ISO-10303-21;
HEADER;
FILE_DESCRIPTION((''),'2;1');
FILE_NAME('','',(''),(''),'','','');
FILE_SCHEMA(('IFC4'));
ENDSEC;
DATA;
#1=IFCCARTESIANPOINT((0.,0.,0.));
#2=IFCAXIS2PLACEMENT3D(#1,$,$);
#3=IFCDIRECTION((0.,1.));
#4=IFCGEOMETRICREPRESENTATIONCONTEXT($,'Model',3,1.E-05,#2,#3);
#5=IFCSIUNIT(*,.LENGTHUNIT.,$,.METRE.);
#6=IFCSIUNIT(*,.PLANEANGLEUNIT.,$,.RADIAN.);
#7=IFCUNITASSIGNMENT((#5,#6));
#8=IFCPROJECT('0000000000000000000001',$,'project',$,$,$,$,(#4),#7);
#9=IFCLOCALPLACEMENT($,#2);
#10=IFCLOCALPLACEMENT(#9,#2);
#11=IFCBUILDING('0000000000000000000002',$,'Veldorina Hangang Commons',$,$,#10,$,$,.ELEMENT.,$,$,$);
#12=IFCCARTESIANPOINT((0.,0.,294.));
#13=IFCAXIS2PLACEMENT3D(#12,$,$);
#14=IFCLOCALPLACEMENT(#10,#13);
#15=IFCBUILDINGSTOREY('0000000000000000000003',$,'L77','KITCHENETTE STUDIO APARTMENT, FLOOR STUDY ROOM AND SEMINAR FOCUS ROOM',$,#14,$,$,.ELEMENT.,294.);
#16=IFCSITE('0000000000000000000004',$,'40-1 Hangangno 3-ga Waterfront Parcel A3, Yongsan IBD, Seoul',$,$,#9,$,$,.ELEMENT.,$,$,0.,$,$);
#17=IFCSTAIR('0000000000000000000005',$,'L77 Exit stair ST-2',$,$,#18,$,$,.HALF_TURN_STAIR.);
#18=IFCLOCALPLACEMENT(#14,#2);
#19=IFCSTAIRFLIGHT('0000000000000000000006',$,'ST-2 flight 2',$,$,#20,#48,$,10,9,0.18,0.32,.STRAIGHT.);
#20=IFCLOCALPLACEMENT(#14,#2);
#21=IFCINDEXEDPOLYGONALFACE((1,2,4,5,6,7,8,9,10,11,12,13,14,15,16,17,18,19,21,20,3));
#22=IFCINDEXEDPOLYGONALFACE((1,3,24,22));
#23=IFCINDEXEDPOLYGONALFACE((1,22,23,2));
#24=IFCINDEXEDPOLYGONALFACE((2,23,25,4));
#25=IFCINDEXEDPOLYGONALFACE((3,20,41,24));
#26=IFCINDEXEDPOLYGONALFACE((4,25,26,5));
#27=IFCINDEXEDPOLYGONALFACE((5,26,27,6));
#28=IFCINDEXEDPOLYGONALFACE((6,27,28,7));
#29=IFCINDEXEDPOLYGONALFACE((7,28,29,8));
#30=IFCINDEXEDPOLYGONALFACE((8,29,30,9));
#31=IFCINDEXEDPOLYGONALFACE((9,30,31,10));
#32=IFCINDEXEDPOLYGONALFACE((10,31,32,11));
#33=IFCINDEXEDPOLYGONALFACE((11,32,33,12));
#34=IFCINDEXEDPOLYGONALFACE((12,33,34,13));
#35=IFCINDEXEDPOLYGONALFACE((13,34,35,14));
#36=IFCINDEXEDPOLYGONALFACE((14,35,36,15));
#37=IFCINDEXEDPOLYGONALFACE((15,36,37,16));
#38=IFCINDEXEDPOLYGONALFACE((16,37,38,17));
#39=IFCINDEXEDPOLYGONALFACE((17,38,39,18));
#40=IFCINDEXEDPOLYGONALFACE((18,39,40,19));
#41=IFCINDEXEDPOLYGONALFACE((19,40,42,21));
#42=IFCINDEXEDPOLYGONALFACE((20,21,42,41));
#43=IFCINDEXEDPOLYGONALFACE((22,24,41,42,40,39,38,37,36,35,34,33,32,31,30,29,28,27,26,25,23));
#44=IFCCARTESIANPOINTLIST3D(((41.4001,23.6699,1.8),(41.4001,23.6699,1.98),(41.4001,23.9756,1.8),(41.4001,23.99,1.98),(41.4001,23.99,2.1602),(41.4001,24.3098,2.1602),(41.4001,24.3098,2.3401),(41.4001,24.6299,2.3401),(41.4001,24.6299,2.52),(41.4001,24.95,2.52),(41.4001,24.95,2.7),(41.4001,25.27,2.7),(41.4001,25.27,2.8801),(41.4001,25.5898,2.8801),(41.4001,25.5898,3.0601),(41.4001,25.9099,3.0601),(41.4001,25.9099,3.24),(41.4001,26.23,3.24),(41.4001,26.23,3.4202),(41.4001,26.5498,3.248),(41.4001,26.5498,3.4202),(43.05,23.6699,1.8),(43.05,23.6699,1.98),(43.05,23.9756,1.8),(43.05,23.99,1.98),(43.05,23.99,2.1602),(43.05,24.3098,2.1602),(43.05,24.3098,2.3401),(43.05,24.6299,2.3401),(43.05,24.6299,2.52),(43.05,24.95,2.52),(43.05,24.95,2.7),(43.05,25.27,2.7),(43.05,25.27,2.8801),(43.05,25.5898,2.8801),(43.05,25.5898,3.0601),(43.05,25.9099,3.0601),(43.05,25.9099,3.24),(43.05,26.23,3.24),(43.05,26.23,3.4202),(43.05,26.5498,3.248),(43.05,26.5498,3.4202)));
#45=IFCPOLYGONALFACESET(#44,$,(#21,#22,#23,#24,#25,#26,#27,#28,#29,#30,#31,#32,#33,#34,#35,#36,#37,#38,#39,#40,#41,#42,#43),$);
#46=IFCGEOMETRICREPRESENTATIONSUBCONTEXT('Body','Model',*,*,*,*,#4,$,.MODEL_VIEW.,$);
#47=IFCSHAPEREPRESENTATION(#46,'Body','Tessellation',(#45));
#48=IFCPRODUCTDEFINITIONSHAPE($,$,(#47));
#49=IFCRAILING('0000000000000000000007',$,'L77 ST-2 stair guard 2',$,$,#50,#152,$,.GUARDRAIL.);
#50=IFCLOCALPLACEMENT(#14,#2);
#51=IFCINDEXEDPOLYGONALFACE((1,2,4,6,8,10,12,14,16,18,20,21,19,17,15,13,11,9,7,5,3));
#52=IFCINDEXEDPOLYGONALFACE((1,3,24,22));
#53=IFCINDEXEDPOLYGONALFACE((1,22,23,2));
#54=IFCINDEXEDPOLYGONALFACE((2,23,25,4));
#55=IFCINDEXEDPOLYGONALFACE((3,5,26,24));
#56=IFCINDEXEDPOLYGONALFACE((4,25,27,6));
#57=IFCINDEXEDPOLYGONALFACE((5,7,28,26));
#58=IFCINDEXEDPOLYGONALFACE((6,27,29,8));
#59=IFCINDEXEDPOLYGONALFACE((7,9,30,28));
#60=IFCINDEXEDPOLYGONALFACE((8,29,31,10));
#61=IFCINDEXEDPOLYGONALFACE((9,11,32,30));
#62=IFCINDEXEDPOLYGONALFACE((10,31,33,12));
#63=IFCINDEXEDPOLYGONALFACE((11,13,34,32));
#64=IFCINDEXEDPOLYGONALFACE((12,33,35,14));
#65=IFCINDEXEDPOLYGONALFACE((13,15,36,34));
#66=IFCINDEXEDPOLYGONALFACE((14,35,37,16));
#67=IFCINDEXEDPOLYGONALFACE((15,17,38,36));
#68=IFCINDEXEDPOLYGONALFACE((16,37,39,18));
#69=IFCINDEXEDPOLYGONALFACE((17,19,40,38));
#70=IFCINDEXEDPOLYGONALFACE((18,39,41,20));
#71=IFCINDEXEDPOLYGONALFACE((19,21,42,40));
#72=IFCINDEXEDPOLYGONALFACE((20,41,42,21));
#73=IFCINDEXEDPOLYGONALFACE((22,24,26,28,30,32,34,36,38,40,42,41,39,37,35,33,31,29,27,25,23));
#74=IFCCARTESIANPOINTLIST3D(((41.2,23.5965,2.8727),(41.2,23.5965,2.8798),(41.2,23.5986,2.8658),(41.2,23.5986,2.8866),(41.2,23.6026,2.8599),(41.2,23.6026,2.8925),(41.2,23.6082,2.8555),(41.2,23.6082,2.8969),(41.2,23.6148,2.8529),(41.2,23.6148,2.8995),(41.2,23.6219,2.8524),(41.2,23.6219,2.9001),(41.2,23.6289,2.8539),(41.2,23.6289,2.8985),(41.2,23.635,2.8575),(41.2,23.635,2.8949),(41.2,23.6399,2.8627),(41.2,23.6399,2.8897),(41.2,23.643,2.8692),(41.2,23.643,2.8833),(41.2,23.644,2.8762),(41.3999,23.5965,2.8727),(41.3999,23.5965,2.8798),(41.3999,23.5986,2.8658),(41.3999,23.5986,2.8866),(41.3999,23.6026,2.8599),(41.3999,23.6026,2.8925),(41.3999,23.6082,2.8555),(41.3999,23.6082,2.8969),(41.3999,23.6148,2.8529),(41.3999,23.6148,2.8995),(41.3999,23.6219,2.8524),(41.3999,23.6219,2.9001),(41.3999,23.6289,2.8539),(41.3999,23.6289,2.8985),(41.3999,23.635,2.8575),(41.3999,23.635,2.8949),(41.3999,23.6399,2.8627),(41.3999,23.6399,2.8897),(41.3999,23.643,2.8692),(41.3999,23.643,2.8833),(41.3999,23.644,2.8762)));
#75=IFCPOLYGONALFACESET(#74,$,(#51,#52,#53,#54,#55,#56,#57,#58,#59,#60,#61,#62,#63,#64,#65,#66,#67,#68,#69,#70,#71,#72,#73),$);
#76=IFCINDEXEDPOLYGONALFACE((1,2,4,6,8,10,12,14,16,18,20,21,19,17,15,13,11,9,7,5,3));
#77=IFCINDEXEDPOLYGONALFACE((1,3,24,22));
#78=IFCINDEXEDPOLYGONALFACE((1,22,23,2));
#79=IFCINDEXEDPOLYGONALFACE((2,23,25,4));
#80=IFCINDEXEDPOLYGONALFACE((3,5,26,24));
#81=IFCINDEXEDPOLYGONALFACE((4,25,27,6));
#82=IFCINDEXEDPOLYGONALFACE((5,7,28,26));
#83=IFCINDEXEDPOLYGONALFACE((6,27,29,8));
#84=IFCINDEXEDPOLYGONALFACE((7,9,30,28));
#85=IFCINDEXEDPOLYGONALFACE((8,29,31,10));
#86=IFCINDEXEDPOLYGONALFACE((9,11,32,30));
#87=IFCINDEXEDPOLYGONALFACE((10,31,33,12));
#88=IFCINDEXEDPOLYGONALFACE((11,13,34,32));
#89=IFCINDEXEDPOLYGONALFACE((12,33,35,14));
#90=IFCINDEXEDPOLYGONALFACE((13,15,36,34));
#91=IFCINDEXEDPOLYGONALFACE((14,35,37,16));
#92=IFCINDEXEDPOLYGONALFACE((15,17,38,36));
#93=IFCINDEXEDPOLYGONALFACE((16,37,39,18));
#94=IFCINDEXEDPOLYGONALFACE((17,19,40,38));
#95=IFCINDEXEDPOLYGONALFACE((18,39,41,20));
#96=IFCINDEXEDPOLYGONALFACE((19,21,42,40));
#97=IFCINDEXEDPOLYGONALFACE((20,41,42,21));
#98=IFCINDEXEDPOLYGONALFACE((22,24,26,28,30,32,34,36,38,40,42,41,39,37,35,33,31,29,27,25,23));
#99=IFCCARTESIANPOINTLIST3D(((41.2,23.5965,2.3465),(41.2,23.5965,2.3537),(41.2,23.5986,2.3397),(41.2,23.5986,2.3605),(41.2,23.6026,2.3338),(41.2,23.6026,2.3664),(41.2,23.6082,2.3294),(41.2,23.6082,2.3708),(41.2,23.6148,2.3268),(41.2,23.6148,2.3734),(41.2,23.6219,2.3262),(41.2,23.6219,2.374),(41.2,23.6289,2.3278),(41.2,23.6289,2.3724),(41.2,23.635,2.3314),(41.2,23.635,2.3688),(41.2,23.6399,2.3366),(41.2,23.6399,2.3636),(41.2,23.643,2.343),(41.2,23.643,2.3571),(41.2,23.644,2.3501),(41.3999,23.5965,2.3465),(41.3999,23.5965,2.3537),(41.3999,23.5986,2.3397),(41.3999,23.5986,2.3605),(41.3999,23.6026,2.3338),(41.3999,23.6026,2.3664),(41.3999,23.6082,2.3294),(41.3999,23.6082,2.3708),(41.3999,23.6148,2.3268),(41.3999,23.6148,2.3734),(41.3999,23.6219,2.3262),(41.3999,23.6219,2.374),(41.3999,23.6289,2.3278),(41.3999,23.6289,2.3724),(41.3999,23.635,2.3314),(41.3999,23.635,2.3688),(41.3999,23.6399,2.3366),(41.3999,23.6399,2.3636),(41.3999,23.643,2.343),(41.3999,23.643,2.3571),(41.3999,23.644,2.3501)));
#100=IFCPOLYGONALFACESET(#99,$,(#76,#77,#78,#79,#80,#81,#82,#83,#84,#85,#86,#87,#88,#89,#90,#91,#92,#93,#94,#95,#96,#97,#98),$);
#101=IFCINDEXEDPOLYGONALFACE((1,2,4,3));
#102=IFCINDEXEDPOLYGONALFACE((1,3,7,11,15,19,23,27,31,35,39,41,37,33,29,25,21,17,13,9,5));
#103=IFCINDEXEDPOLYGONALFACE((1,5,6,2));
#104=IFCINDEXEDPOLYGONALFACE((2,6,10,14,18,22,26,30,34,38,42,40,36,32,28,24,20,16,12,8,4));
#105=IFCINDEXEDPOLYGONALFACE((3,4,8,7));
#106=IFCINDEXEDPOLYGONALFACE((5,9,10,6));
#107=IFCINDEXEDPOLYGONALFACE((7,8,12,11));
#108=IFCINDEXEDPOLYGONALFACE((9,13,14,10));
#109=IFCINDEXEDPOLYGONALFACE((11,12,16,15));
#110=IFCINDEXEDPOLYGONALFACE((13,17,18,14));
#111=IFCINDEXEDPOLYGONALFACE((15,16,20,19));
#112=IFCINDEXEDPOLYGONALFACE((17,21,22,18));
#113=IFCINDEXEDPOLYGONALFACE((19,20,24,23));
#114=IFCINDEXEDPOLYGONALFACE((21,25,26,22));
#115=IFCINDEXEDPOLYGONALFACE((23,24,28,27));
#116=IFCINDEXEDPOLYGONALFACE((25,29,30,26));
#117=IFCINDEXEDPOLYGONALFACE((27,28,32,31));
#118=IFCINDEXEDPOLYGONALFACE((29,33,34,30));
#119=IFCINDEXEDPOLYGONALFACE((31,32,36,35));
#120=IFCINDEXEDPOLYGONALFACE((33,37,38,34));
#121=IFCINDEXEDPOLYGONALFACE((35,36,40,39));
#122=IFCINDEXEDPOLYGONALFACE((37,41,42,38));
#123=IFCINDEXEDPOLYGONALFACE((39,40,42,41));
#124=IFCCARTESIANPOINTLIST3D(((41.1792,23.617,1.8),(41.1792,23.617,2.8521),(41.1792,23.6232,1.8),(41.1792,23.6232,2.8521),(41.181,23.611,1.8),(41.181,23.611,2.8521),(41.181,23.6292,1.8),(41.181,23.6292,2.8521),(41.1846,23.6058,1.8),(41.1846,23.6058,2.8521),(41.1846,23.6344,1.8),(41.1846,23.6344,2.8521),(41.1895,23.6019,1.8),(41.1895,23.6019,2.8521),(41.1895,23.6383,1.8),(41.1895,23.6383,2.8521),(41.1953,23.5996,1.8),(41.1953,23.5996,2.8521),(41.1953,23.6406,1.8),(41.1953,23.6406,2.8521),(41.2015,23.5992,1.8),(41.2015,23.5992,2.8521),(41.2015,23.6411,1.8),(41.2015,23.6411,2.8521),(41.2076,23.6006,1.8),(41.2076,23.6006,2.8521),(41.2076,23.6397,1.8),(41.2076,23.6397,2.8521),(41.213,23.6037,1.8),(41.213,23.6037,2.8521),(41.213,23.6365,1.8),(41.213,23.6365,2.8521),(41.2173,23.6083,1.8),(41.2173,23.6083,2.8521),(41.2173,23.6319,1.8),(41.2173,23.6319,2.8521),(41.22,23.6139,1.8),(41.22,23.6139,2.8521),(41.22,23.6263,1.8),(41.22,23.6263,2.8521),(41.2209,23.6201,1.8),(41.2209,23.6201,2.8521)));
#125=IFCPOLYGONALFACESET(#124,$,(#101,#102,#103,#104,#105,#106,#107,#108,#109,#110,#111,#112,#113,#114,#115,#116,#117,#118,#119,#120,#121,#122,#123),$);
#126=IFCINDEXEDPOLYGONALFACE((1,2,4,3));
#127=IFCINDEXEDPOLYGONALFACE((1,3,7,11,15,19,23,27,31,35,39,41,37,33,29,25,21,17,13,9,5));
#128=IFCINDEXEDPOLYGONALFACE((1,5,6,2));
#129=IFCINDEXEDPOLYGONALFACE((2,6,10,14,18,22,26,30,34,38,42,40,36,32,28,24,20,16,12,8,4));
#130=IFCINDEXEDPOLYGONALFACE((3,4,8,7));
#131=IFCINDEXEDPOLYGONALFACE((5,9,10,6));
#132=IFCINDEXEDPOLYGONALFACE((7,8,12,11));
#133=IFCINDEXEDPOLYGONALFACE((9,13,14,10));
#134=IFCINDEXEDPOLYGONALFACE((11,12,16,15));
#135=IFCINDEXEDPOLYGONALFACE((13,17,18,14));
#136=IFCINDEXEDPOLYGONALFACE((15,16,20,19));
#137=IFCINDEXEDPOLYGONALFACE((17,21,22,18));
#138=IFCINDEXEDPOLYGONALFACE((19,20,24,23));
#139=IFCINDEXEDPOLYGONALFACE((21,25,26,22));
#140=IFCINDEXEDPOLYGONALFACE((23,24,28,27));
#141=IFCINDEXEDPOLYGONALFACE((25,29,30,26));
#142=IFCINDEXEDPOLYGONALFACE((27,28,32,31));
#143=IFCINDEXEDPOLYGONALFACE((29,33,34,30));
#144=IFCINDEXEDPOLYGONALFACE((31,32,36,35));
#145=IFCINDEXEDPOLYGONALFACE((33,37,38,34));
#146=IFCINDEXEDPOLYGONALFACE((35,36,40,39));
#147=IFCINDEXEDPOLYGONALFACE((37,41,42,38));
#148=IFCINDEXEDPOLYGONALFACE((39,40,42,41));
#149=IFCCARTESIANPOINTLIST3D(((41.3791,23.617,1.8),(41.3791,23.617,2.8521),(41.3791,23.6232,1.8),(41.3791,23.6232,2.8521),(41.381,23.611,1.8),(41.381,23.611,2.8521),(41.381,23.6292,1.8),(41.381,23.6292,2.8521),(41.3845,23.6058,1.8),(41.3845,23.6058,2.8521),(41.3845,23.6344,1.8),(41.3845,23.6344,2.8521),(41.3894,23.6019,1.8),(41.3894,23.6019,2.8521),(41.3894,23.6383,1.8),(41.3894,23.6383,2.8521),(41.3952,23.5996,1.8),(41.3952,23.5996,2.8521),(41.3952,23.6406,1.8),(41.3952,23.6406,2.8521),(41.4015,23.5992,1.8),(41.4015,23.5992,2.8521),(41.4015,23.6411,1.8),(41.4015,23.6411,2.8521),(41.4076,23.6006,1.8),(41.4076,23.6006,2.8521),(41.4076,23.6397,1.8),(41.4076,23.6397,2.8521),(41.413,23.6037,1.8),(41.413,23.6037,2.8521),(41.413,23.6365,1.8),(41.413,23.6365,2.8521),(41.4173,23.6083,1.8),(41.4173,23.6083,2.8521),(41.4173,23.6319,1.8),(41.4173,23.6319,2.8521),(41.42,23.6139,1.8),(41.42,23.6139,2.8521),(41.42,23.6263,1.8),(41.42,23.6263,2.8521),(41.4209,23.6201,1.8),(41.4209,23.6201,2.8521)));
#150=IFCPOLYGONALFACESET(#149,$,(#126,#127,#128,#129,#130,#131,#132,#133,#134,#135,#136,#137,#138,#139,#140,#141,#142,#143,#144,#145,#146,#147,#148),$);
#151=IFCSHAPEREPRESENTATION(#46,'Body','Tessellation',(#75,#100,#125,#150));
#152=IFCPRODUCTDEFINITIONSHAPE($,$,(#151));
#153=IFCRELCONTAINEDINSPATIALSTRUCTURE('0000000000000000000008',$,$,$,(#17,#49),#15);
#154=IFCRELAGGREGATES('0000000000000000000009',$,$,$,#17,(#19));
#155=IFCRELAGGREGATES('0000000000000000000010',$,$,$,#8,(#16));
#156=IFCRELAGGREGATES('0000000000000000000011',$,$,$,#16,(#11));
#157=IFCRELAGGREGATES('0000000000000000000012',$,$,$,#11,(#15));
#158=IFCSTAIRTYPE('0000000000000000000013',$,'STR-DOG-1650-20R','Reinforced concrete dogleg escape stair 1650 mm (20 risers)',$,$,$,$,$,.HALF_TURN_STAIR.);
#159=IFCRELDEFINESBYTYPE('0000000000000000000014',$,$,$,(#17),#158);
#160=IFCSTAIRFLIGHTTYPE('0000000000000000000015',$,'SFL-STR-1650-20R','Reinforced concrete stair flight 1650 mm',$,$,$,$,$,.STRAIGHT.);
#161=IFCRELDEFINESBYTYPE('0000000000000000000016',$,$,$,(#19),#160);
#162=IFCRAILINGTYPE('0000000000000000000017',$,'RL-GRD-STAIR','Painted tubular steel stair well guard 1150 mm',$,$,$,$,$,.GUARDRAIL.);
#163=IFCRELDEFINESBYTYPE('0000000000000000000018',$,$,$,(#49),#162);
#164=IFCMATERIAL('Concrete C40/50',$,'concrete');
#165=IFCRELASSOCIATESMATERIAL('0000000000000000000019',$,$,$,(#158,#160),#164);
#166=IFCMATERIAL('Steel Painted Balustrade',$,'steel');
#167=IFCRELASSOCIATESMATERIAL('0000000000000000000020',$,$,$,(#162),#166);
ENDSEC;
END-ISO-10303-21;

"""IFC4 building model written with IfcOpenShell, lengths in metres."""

from ifc_helpers import new_model, si_unit, direction, frame, origin, origin_2d, place, context, subcontext, project, spatial, polyline, circle, outline, extrude, material, type_object, element, aggregate, save


model = new_model("IFC4")

# Units and contexts
model_context = context("Model", 3, precision=1e-05, world=origin(), true_north=direction((0.0, 1.0)))
body_context = subcontext(model_context, "Body", "Model", "MODEL_VIEW")
ifc_project = project(units=[si_unit("LENGTHUNIT", "METRE"), si_unit("PLANEANGLEUNIT", "RADIAN")], contexts=[model_context])

# Site, building, storey
site_placement = place(None, origin())
site = spatial("IfcSite", under=ifc_project, at=site_placement, Name="40-1 Hangangno 3-ga Waterfront Parcel A3, Yongsan IBD, Seoul", CompositionType="ELEMENT", RefElevation=0.0)
building_placement = place(site_placement, origin())
building = spatial("IfcBuilding", under=site, at=building_placement, Name="Veldorina Hangang Commons", CompositionType="ELEMENT")
storey_placement = place(building_placement, frame((0.0, 0.0, 294.0)))
storey = spatial("IfcBuildingStorey", under=building, at=storey_placement, Name="L77", Description="KITCHENETTE STUDIO APARTMENT, FLOOR STUDY ROOM AND SEMINAR FOCUS ROOM", CompositionType="ELEMENT", Elevation=294.0)

# Stair, stair flight
ifc_material_1 = material(Name="Concrete C40/50", Category="concrete")
stair_type = type_object("IfcStairType", Name="STR-DOG-1650-20R", Description="Reinforced concrete dogleg escape stair 1650 mm (20 risers)", PredefinedType="HALF_TURN_STAIR", material=ifc_material_1)
stair_placement = place(storey_placement, origin())
stair = element("IfcStair", 1, at=stair_placement, inside=storey, type_object=stair_type, Name="L77 Exit stair ST-2", PredefinedType="HALF_TURN_STAIR")
stair_flight_type = type_object("IfcStairFlightType", Name="SFL-STR-1650-20R", Description="Reinforced concrete stair flight 1650 mm", PredefinedType="STRAIGHT", material=ifc_material_1)
stair_flight_placement = place(storey_placement, frame((42.2251, 23.6699, 1.8), z_axis=(0.0, 0.0, 1.0), x_axis=(0.0, 1.0, 0.0)))
stair_flight = element("IfcStairFlight", 2, at=stair_flight_placement, type_object=stair_flight_type, Name="ST-2 flight 2", NumberOfRisers=10, NumberOfTreads=9, PredefinedType="STRAIGHT", RiserHeight=0.18, TreadLength=0.32, context=body_context, shape_type="SweptSolid", body=[
    extrude(outline(polyline([(0.0, 0.0), (0.0, 0.1799), (0.3201, 0.1799), (0.3201, 0.3601), (0.6399, 0.3601), (0.6399, 0.54), (0.96, 0.54), (0.96, 0.72), (1.28, 0.72), (1.28, 0.8999), (1.6001, 0.8999), (1.6001, 1.0801), (1.9199, 1.0801), (1.9199, 1.26), (2.24, 1.26), (2.24, 1.4399), (2.5601, 1.4399), (2.5601, 1.6201), (2.8799, 1.6201), (2.8799, 1.8), (2.8799, 1.448), (0.3057, 0.0), (0.0, 0.0)])), frame((0.0, 0.825, 0.0), z_axis=(0.0, -1.0, 0.0), x_axis=(1.0, 0.0, 0.0)), (0.0, 0.0, 1.0), 1.6499),
])
aggregate(stair, [stair_flight])

# Railing
ifc_material_2 = material(Name="Steel Painted Balustrade", Category="steel")
railing_type_1 = type_object("IfcRailingType", Name="RL-GRD-STAIR", Description="Painted tubular steel stair well guard 1150 mm", PredefinedType="GUARDRAIL", material=ifc_material_2)
railing_1_placement = place(storey_placement, frame((41.2, 23.6201, 1.8)))
element("IfcRailing", 3, at=railing_1_placement, inside=storey, type_object=railing_type_1, Name="L77 ST-2 stair guard 2", PredefinedType="GUARDRAIL", context=body_context, shape_type="SweptSolid", body=[
    extrude(circle(Radius=0.0239, at=origin_2d()), frame((0.0, 0.0, 1.0762), z_axis=(1.0, 0.0, 0.0), x_axis=(0.0, 1.0, 0.0)), (0.0, 0.0, 1.0), 0.2),
    extrude(circle(Radius=0.0239, at=origin_2d()), frame((0.0, 0.0, 0.55), z_axis=(1.0, 0.0, 0.0), x_axis=(0.0, 1.0, 0.0)), (0.0, 0.0, 1.0), 0.2),
    extrude(circle(Radius=0.021, at=origin_2d()), origin(), (0.0, 0.0, 1.0), 1.052),
    extrude(circle(Radius=0.021, at=origin_2d()), frame((0.2, 0.0, 0.0)), (0.0, 0.0, 1.0), 1.052),
])

save(model, "model.ifc")
